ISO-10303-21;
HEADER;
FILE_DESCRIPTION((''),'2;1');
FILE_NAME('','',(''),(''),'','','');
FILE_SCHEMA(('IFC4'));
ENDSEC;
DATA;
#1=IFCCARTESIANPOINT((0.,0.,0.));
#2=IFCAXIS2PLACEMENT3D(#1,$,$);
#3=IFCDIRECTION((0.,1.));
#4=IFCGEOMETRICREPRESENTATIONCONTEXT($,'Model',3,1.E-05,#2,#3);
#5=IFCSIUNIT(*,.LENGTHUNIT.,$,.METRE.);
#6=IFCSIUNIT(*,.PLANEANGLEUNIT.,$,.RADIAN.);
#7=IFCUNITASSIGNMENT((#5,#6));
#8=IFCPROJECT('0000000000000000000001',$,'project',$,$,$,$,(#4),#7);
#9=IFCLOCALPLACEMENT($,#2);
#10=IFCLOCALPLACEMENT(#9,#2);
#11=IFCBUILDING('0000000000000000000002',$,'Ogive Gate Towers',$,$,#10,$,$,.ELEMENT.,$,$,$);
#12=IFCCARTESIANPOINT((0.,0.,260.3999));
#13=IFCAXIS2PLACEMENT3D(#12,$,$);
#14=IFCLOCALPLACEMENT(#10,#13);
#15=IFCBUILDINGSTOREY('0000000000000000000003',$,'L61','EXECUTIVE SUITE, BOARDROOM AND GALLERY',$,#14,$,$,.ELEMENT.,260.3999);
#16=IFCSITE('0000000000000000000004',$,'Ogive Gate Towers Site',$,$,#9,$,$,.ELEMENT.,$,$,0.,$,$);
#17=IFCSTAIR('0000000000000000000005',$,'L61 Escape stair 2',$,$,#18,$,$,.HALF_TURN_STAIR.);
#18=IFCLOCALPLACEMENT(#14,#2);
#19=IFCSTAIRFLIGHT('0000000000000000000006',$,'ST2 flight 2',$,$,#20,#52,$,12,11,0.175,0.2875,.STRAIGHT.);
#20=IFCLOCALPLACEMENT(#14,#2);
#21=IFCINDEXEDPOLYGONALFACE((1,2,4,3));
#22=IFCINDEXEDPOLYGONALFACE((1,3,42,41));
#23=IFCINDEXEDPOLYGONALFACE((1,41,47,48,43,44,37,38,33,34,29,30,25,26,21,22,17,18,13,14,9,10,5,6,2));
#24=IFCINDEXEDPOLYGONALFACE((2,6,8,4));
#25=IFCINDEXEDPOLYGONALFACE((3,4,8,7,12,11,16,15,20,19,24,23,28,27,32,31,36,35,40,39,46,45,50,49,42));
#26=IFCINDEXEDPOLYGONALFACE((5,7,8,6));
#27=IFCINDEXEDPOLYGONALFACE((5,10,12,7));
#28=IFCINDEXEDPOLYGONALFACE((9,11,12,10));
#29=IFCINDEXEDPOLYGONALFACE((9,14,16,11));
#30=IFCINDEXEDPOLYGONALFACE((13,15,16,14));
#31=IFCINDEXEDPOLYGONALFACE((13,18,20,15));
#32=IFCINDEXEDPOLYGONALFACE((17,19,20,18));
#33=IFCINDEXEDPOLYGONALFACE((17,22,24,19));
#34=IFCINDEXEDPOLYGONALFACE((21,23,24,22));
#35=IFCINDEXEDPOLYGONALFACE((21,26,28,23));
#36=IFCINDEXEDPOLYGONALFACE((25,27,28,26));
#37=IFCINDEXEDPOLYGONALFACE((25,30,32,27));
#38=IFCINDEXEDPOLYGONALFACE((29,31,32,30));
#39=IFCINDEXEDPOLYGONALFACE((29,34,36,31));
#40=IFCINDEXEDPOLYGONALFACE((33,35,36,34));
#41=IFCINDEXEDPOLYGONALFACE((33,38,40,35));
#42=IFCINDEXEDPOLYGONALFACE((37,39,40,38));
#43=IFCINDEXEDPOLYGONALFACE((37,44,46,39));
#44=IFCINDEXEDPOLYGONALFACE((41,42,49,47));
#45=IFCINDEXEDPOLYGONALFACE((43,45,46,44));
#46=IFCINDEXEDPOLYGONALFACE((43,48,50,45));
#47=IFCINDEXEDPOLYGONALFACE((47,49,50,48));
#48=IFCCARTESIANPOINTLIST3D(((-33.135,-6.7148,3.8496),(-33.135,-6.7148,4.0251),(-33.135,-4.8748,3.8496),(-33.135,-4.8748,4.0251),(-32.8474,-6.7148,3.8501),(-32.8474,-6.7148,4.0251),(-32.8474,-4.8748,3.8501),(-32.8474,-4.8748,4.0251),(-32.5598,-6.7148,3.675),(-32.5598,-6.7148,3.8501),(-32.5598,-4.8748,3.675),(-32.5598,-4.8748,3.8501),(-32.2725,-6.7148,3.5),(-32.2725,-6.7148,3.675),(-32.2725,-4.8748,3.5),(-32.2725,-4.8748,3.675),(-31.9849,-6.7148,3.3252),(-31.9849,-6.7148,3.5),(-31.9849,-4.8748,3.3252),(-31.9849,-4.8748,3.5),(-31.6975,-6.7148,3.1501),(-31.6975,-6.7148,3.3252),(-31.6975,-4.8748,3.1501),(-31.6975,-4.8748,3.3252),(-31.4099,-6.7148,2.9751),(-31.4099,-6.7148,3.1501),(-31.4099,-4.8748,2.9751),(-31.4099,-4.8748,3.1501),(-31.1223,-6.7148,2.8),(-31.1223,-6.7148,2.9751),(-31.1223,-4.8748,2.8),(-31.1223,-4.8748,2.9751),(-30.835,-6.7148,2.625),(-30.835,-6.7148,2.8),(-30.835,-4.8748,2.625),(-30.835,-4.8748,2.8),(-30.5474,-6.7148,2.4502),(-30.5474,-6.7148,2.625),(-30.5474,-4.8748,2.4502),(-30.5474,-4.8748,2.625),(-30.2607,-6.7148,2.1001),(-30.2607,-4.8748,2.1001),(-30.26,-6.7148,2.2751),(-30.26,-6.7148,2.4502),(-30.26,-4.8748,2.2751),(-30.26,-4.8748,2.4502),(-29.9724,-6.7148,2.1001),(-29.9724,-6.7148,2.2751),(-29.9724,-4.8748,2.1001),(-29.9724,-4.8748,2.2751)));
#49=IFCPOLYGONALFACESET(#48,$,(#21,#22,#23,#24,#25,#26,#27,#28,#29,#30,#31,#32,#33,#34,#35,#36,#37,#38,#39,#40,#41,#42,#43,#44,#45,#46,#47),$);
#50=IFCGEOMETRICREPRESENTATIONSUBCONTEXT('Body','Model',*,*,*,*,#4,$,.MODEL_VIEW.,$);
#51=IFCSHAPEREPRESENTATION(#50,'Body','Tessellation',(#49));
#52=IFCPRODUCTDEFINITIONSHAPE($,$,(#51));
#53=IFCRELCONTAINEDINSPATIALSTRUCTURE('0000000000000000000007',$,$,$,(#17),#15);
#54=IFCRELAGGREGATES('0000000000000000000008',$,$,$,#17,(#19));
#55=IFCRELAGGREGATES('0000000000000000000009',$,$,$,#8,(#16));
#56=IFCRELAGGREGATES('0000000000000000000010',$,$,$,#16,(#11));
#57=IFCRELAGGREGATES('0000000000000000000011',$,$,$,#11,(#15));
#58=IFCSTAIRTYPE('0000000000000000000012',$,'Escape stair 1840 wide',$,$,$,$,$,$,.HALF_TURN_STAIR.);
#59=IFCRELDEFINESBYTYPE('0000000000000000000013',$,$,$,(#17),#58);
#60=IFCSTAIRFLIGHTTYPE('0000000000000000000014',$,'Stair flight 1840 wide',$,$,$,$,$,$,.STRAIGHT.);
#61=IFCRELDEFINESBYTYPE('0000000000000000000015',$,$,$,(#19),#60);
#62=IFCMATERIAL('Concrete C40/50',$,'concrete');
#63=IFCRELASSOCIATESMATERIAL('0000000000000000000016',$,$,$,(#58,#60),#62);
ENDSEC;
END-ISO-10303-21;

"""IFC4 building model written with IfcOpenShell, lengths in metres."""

from ifc_helpers import new_model, si_unit, direction, frame, origin, place, context, subcontext, project, spatial, polyline, outline, extrude, material, type_object, element, aggregate, save


model = new_model("IFC4")

# Units and contexts
model_context = context("Model", 3, precision=1e-05, world=origin(), true_north=direction((0.0, 1.0)))
body_context = subcontext(model_context, "Body", "Model", "MODEL_VIEW")
ifc_project = project(units=[si_unit("LENGTHUNIT", "METRE"), si_unit("PLANEANGLEUNIT", "RADIAN")], contexts=[model_context])

# Site, building, storey
site_placement = place(None, origin())
site = spatial("IfcSite", under=ifc_project, at=site_placement, Name="Ogive Gate Towers Site", CompositionType="ELEMENT", RefElevation=0.0)
building_placement = place(site_placement, origin())
building = spatial("IfcBuilding", under=site, at=building_placement, Name="Ogive Gate Towers", CompositionType="ELEMENT")
storey_placement = place(building_placement, frame((0.0, 0.0, 260.3999)))
storey = spatial("IfcBuildingStorey", under=building, at=storey_placement, Name="L61", Description="EXECUTIVE SUITE, BOARDROOM AND GALLERY", CompositionType="ELEMENT", Elevation=260.3999)

# Stair, stair flight
ifc_material_1 = material(Name="Concrete C40/50", Category="concrete")
stair_type = type_object("IfcStairType", Name="Escape stair 1840 wide", PredefinedType="HALF_TURN_STAIR", material=ifc_material_1)
stair_placement = place(storey_placement, origin())
stair = element("IfcStair", 1, at=stair_placement, inside=storey, type_object=stair_type, Name="L61 Escape stair 2", PredefinedType="HALF_TURN_STAIR")
stair_flight_type = type_object("IfcStairFlightType", Name="Stair flight 1840 wide", PredefinedType="STRAIGHT", material=ifc_material_1)
stair_flight_1_placement = place(storey_placement, frame((-29.9724, -5.7949, 2.1001), z_axis=(0.0, 0.0, 1.0), x_axis=(-1.0, 0.0, 0.0)))
stair_flight_1 = element("IfcStairFlight", 2, at=stair_flight_1_placement, type_object=stair_flight_type, Name="ST2 flight 2", NumberOfRisers=12, NumberOfTreads=11, PredefinedType="STRAIGHT", RiserHeight=0.175, TreadLength=0.2875, context=body_context, shape_type="SweptSolid", body=[
    extrude(outline(polyline([(0.0, 0.0), (0.0, 0.175), (0.2876, 0.175), (0.2876, 0.3501), (0.575, 0.3501), (0.575, 0.5249), (0.8625, 0.5249), (0.8625, 0.7), (1.1499, 0.7), (1.1499, 0.875), (1.4375, 0.875), (1.4375, 1.05), (1.7251, 1.05), (1.7251, 1.2251), (2.0125, 1.2251), (2.0125, 1.3999), (2.3, 1.3999), (2.3, 1.575), (2.5874, 1.575), (2.5874, 1.75), (2.875, 1.75), (2.875, 1.925), (3.1626, 1.925), (3.1626, 2.1001), (3.1626, 1.7495), (0.2883, 0.0), (0.0, 0.0)])), frame((0.0, 0.9199, 0.0), z_axis=(0.0, -1.0, 0.0), x_axis=(1.0, 0.0, 0.0)), (0.0, 0.0, 1.0), 1.8401),
])
aggregate(stair, [stair_flight_1])

save(model, "model.ifc")
